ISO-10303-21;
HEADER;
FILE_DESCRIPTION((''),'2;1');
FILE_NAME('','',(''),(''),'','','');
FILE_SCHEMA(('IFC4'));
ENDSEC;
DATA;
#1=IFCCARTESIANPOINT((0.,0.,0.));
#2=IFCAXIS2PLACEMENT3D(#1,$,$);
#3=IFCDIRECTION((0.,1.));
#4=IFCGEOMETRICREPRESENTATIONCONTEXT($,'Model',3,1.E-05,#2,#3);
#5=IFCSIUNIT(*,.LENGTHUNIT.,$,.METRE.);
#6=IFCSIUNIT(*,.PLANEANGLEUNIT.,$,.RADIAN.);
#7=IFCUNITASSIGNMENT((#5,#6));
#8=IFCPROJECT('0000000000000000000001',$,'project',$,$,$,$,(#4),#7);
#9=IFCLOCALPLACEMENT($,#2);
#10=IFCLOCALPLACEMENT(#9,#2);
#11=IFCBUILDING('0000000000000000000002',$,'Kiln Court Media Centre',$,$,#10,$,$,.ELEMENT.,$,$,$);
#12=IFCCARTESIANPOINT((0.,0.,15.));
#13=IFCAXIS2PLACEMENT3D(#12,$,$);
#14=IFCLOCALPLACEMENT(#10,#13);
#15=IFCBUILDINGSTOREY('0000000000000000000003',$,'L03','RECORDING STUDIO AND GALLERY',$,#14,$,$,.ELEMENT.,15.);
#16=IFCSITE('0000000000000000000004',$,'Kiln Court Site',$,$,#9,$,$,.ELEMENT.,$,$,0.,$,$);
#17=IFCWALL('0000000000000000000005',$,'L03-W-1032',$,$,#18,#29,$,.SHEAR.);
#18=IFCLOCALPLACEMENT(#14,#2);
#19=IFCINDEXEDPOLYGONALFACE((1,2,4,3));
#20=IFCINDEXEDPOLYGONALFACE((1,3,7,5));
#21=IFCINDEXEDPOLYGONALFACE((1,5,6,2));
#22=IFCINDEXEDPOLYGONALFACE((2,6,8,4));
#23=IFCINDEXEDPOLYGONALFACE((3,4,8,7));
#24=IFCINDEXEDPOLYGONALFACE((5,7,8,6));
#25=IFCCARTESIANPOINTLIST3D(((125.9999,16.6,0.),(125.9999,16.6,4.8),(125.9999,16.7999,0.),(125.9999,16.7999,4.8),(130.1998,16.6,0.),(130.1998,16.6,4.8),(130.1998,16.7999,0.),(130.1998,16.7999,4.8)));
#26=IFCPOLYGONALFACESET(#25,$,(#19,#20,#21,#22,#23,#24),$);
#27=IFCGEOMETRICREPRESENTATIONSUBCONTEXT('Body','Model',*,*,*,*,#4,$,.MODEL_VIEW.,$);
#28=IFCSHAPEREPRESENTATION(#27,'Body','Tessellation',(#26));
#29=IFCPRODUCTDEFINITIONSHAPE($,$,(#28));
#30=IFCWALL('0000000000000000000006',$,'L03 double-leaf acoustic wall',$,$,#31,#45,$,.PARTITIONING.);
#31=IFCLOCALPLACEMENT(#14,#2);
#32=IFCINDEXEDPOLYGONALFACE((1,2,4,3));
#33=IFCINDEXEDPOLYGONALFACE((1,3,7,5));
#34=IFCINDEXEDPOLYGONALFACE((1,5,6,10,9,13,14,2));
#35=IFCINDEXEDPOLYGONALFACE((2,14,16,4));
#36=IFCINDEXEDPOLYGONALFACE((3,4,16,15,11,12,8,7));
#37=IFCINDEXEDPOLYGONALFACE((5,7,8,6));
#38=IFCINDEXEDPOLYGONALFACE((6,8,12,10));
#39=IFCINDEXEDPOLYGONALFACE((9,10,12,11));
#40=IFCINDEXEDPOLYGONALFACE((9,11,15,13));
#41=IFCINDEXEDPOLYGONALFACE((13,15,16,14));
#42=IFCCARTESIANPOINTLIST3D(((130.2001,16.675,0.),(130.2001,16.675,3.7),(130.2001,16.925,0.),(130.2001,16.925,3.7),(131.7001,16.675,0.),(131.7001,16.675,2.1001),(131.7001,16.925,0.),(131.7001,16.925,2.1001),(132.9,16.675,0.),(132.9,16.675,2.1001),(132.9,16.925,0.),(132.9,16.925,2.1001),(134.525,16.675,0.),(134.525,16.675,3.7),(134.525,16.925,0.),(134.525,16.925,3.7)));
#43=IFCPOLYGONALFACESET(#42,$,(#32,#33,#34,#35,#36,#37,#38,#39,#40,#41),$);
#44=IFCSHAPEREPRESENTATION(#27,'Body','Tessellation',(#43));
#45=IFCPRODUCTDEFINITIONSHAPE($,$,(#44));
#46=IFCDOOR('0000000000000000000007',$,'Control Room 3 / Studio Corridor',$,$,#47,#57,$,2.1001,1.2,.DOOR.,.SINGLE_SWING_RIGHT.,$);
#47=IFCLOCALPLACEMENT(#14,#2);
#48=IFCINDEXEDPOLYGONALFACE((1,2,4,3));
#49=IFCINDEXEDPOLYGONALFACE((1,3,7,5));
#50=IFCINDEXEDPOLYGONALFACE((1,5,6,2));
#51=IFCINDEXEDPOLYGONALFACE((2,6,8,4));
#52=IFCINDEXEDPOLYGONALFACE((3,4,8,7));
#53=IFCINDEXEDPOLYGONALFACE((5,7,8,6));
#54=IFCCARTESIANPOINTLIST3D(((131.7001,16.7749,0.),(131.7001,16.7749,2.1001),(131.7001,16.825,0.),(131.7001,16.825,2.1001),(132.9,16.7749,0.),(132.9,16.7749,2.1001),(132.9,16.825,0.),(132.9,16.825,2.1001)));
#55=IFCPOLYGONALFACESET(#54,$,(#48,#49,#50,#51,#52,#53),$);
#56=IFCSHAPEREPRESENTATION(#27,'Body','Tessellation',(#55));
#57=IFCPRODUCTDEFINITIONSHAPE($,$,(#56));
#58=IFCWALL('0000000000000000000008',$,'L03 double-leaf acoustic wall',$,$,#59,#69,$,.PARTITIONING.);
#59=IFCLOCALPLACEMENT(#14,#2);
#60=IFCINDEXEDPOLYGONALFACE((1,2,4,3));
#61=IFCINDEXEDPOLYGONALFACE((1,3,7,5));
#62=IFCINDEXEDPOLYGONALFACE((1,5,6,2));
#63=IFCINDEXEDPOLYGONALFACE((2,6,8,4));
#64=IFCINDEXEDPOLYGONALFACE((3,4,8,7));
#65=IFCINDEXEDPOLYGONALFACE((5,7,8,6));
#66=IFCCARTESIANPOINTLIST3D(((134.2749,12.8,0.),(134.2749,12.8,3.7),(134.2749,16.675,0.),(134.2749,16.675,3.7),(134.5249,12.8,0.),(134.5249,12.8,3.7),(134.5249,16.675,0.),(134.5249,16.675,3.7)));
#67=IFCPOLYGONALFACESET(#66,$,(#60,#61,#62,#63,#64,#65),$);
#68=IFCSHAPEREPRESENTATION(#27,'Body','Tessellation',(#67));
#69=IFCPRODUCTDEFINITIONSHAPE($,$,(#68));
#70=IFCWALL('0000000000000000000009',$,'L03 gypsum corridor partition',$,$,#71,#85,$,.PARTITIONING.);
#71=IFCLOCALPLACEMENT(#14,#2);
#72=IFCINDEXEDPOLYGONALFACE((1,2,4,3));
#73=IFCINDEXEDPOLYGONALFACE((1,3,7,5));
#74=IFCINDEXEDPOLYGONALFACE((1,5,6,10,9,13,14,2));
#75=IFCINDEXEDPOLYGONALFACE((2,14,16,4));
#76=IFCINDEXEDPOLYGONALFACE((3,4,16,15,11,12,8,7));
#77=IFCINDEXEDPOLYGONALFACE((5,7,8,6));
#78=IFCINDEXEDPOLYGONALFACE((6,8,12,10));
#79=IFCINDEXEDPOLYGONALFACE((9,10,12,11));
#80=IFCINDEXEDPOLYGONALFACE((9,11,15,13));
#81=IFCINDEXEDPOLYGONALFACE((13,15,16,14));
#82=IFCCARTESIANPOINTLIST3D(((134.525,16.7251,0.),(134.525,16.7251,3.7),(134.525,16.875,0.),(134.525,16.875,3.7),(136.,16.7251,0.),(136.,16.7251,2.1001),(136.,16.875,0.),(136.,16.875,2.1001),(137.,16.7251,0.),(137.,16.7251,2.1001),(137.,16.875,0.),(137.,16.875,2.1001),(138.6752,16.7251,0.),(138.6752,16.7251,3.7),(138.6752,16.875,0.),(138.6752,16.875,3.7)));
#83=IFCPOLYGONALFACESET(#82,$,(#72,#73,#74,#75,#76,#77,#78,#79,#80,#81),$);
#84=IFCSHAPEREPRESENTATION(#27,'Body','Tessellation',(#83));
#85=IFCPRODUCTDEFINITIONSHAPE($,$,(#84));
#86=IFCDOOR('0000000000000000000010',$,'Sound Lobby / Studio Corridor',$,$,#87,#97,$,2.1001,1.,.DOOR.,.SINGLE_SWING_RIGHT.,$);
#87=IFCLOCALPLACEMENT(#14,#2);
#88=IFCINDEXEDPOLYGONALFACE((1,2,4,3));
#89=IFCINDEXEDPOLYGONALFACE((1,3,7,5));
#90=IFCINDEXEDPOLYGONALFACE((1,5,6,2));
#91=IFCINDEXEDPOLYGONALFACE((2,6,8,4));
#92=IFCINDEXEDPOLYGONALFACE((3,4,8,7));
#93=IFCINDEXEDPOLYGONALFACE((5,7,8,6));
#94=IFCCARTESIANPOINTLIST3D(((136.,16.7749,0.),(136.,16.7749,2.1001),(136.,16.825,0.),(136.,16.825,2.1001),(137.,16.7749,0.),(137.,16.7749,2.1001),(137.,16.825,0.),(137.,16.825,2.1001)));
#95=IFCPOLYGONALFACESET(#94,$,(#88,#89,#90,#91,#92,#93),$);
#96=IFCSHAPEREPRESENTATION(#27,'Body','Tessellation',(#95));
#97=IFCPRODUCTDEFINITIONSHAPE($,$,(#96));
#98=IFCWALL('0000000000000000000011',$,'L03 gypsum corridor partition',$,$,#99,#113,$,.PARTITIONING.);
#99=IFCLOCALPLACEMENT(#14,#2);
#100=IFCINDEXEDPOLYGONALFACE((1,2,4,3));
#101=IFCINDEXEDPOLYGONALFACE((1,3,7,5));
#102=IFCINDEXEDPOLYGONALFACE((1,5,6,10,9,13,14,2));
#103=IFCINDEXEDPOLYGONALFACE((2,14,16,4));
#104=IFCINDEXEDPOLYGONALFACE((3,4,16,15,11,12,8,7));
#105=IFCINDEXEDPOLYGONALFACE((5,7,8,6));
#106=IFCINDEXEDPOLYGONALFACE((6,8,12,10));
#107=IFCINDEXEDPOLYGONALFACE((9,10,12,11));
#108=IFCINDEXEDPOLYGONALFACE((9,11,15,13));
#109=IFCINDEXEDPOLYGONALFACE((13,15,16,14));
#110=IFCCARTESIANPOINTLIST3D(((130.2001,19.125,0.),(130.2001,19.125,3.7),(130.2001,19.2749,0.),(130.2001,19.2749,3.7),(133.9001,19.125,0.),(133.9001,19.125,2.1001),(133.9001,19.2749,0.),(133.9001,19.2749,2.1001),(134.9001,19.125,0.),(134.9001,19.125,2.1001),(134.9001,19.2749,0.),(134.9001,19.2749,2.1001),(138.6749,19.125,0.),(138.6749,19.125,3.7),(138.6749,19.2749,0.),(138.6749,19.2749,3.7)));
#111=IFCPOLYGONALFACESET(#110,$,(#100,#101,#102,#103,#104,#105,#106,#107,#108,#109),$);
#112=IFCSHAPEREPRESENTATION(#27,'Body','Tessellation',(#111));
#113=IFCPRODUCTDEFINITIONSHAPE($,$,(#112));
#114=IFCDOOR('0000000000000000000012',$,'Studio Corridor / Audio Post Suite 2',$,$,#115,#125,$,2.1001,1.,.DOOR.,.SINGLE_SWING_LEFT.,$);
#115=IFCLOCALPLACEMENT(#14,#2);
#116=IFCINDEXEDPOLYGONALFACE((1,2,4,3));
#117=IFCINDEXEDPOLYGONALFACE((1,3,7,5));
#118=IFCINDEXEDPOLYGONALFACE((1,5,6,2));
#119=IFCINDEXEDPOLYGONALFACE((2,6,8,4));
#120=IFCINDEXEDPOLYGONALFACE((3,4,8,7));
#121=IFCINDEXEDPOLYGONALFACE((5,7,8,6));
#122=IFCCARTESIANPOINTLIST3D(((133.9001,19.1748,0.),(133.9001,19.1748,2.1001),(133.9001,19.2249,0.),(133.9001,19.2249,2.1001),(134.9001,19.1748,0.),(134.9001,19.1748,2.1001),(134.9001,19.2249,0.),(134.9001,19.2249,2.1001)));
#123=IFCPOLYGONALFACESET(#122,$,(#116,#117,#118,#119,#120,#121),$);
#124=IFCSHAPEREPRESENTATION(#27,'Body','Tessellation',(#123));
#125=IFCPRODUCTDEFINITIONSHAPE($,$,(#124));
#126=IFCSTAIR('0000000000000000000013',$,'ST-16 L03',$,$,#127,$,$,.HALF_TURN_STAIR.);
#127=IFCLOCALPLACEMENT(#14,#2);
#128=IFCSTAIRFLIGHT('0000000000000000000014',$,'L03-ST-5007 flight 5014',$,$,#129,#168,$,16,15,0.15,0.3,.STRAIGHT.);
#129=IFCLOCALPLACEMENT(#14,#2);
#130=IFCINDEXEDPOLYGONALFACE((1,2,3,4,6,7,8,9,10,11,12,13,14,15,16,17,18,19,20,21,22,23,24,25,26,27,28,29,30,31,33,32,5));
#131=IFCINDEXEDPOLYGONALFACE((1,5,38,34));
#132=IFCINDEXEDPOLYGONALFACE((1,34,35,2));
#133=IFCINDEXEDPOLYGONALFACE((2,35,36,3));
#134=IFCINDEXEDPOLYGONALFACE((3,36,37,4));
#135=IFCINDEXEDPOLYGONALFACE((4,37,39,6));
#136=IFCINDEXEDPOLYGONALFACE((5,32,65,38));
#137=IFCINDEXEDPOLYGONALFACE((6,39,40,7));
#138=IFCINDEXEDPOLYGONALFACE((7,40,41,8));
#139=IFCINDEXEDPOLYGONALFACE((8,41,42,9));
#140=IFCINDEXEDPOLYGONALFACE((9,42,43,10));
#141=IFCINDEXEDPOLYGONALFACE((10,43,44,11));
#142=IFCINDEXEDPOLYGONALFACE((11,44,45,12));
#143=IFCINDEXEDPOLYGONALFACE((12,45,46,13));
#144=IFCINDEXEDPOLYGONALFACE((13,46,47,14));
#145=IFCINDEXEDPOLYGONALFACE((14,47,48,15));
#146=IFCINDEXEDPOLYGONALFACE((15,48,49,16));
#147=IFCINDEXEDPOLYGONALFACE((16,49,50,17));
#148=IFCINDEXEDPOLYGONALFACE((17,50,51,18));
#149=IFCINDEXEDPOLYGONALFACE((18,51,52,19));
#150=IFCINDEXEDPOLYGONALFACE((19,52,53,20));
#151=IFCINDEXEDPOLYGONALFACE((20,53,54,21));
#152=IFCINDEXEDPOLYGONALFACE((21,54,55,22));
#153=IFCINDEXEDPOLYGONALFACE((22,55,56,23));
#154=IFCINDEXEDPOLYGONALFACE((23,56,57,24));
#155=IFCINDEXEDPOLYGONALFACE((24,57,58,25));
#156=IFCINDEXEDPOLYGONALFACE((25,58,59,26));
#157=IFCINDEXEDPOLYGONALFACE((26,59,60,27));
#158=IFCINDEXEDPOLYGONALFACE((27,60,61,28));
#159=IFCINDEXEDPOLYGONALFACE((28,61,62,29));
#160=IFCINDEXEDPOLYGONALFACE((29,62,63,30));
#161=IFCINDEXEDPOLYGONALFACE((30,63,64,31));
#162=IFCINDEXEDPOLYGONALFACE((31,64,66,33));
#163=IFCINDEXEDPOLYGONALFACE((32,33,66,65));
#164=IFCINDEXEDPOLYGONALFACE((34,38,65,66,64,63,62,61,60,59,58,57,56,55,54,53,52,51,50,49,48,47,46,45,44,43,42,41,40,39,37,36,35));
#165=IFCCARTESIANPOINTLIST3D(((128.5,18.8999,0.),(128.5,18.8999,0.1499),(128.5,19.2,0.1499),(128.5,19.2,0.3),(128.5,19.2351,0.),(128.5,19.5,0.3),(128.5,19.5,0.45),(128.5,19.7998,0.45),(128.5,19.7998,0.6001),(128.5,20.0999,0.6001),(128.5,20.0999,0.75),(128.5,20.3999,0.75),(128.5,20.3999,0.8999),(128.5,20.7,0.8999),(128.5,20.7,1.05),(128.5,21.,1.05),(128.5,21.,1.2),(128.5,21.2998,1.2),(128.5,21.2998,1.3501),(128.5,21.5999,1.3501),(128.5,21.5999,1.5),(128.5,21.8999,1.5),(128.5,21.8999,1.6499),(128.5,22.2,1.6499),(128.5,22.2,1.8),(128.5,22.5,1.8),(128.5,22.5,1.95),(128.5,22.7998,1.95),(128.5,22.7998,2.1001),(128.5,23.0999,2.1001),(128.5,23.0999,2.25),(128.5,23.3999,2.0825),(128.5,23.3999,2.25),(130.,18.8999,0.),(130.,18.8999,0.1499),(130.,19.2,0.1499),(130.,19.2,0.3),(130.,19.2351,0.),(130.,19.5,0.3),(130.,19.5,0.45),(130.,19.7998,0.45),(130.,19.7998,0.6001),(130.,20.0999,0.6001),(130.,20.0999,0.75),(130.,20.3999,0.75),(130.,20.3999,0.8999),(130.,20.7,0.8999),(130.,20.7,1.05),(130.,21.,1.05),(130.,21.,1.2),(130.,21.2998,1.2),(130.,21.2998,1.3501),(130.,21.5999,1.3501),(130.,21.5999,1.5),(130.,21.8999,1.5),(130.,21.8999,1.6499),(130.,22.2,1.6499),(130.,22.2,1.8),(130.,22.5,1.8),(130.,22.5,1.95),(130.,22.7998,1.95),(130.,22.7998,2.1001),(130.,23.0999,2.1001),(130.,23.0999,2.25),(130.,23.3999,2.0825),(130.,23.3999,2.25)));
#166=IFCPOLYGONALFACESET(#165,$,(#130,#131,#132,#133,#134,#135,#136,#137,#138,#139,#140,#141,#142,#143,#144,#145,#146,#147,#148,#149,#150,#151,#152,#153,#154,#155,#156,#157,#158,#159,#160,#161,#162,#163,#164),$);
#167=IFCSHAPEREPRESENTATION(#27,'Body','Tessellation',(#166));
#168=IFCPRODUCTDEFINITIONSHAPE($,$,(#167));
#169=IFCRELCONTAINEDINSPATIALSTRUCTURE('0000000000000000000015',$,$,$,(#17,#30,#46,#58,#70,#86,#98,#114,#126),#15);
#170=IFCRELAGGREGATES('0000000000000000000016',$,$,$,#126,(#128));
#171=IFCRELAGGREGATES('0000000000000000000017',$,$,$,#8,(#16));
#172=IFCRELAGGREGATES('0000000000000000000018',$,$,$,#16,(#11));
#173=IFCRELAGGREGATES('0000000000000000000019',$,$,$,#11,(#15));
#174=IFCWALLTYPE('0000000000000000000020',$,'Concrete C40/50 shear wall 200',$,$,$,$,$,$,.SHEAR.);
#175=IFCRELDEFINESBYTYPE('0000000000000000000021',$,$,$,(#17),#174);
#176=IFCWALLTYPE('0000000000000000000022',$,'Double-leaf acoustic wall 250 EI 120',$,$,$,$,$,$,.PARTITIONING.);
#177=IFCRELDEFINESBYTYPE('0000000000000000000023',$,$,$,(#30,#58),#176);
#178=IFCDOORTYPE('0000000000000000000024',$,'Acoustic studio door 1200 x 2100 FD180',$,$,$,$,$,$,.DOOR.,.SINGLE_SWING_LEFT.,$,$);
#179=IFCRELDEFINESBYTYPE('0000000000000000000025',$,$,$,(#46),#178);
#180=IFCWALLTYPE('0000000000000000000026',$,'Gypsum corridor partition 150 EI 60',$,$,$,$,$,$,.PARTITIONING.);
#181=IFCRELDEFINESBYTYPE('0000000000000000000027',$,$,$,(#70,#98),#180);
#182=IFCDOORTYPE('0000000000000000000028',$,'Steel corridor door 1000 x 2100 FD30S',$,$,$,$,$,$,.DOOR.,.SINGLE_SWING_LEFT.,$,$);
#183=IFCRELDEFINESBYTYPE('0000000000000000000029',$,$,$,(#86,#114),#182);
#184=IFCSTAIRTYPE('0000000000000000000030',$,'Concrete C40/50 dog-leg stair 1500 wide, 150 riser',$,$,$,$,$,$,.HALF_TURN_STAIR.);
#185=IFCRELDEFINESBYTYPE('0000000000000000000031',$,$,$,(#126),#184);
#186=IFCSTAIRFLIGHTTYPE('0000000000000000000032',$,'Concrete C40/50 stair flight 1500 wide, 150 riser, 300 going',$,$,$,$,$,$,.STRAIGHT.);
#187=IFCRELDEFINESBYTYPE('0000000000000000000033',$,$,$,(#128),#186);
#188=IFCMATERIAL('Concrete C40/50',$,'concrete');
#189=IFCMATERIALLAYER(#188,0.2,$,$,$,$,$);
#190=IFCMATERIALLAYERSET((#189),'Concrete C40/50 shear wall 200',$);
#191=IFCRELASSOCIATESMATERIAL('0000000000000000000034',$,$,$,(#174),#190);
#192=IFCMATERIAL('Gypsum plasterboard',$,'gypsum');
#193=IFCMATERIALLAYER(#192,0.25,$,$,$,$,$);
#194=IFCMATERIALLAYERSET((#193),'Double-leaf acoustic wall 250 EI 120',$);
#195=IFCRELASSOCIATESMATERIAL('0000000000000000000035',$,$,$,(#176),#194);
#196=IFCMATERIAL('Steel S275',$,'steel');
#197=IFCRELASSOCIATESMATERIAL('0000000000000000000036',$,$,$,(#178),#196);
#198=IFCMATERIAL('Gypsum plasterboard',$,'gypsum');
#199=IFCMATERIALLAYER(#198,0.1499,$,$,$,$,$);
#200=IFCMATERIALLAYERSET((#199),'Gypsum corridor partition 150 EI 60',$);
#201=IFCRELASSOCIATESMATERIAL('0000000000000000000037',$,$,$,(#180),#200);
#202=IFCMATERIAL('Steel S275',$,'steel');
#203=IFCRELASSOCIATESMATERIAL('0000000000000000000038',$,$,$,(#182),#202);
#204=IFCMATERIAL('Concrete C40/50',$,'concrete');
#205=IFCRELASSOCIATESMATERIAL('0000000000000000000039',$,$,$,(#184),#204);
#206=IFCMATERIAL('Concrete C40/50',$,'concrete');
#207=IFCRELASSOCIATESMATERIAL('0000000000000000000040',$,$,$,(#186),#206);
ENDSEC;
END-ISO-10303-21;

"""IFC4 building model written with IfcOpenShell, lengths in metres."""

from ifc_helpers import new_model, si_unit, direction, frame, frame_2d, origin, place, context, subcontext, project, spatial, polyline, rectangle, outline, extrude, material, layer, layer_set, type_object, element, fill, aggregate, save


model = new_model("IFC4")

# Units and contexts
model_context = context("Model", 3, precision=1e-05, world=origin(), true_north=direction((0.0, 1.0)))
body_context = subcontext(model_context, "Body", "Model", "MODEL_VIEW")
ifc_project = project(units=[si_unit("LENGTHUNIT", "METRE"), si_unit("PLANEANGLEUNIT", "RADIAN")], contexts=[model_context])

# Site, building, storey
site_placement = place(None, origin())
site = spatial("IfcSite", under=ifc_project, at=site_placement, Name="Kiln Court Site", CompositionType="ELEMENT", RefElevation=0.0)
building_placement = place(site_placement, origin())
building = spatial("IfcBuilding", under=site, at=building_placement, Name="Kiln Court Media Centre", CompositionType="ELEMENT")
storey_placement = place(building_placement, frame((0.0, 0.0, 15.0)))
storey = spatial("IfcBuildingStorey", under=building, at=storey_placement, Name="L03", Description="RECORDING STUDIO AND GALLERY", CompositionType="ELEMENT", Elevation=15.0)

# Wall
ifc_material_1 = material(Name="Concrete C40/50", Category="concrete")
ifc_layer_1 = layer(ifc_material_1, 0.2)
ifc_layer_set_1 = layer_set([ifc_layer_1], Name="Concrete C40/50 shear wall 200")
wall_type_1 = type_object("IfcWallType", Name="Concrete C40/50 shear wall 200", PredefinedType="SHEAR", material=ifc_layer_set_1)
wall_1_placement = place(storey_placement, frame((130.2, 16.7, 0.0), z_axis=(0.0, 0.0, 1.0), x_axis=(-1.0, 0.0, 0.0)))
element("IfcWall", 1, at=wall_1_placement, inside=storey, type_object=wall_type_1, Name="L03-W-1032", PredefinedType="SHEAR", context=body_context, shape_type="SweptSolid", body=[
    extrude(rectangle(XDim=4.2, YDim=0.2, at=frame_2d((2.1001, 0.0))), origin(), (0.0, 0.0, 1.0), 4.8),
])

# Wall, opening, door
ifc_material_2 = material(Name="Gypsum plasterboard", Category="gypsum")
ifc_layer_2 = layer(ifc_material_2, 0.25)
ifc_layer_set_2 = layer_set([ifc_layer_2], Name="Double-leaf acoustic wall 250 EI 120")
wall_type_2 = type_object("IfcWallType", Name="Double-leaf acoustic wall 250 EI 120", PredefinedType="PARTITIONING", material=ifc_layer_set_2)
wall_2_placement = place(storey_placement, frame((130.2, 16.8, 0.0), z_axis=(0.0, 0.0, 1.0), x_axis=(1.0, 0.0, 0.0)))
wall_2 = element("IfcWall", 2, at=wall_2_placement, inside=storey, type_object=wall_type_2, Name="L03 double-leaf acoustic wall", PredefinedType="PARTITIONING", context=body_context, shape_type="SweptSolid", body=[
    extrude(rectangle(XDim=4.325, YDim=0.25, at=frame_2d((2.1626, 0.0))), origin(), (0.0, 0.0, 1.0), 3.7),
])
opening_1_placement = place(wall_2_placement, frame((1.5, 0.0, 0.0)))
opening_1 = element("IfcOpeningElement", 3, at=opening_1_placement, cuts=wall_2, PredefinedType="OPENING", context=body_context, shape_type="SweptSolid", body=[
    extrude(rectangle(XDim=1.2, YDim=2.1001, at=frame_2d((0.6001, 1.05))), frame((0.0, 0.135, 0.0), z_axis=(0.0, -1.0, 0.0), x_axis=(1.0, 0.0, 0.0)), (0.0, 0.0, 1.0), 0.27),
])
ifc_material_3 = material(Name="Steel S275", Category="steel")
door_type_1 = type_object("IfcDoorType", Name="Acoustic studio door 1200 x 2100 FD180", OperationType="SINGLE_SWING_LEFT", PredefinedType="DOOR", material=ifc_material_3)
door_1_placement = place(opening_1_placement, origin())
door_1 = element("IfcDoor", 4, at=door_1_placement, inside=storey, type_object=door_type_1, Name="Control Room 3 / Studio Corridor", OperationType="SINGLE_SWING_RIGHT", OverallHeight=2.1001, OverallWidth=1.2, PredefinedType="DOOR", context=body_context, shape_type="SweptSolid", body=[
    extrude(rectangle(XDim=1.2, YDim=2.1001, at=frame_2d((0.6001, 1.05))), frame((0.0, 0.0249, 0.0), z_axis=(0.0, -1.0, 0.0), x_axis=(1.0, 0.0, 0.0)), (0.0, 0.0, 1.0), 0.05),
])
fill(opening_1, door_1)

# Wall
wall_3_placement = place(storey_placement, frame((134.3999, 12.8, 0.0), z_axis=(0.0, 0.0, 1.0), x_axis=(0.0, 1.0, 0.0)))
element("IfcWall", 5, at=wall_3_placement, inside=storey, type_object=wall_type_2, Name="L03 double-leaf acoustic wall", PredefinedType="PARTITIONING", context=body_context, shape_type="SweptSolid", body=[
    extrude(rectangle(XDim=3.875, YDim=0.25, at=frame_2d((1.9375, 0.0))), origin(), (0.0, 0.0, 1.0), 3.7),
])

# Walls, openings, doors
ifc_material_4 = material(Name="Gypsum plasterboard", Category="gypsum")
ifc_layer_3 = layer(ifc_material_4, 0.1499)
ifc_layer_set_3 = layer_set([ifc_layer_3], Name="Gypsum corridor partition 150 EI 60")
wall_type_3 = type_object("IfcWallType", Name="Gypsum corridor partition 150 EI 60", PredefinedType="PARTITIONING", material=ifc_layer_set_3)
wall_4_placement = place(storey_placement, frame((134.5249, 16.8, 0.0), z_axis=(0.0, 0.0, 1.0), x_axis=(1.0, 0.0, 0.0)))
wall_4 = element("IfcWall", 6, at=wall_4_placement, inside=storey, type_object=wall_type_3, Name="L03 gypsum corridor partition", PredefinedType="PARTITIONING", context=body_context, shape_type="SweptSolid", body=[
    extrude(rectangle(XDim=4.1501, YDim=0.1499, at=frame_2d((2.0752, 0.0))), origin(), (0.0, 0.0, 1.0), 3.7),
])
opening_2_placement = place(wall_4_placement, frame((1.4751, 0.0, 0.0)))
opening_2 = element("IfcOpeningElement", 7, at=opening_2_placement, cuts=wall_4, PredefinedType="OPENING", context=body_context, shape_type="SweptSolid", body=[
    extrude(rectangle(XDim=1.0, YDim=2.1001, at=frame_2d((0.5, 1.05))), frame((0.0, 0.085, 0.0), z_axis=(0.0, -1.0, 0.0), x_axis=(1.0, 0.0, 0.0)), (0.0, 0.0, 1.0), 0.1699),
])
ifc_material_5 = material(Name="Steel S275", Category="steel")
door_type_2 = type_object("IfcDoorType", Name="Steel corridor door 1000 x 2100 FD30S", OperationType="SINGLE_SWING_LEFT", PredefinedType="DOOR", material=ifc_material_5)
door_2_placement = place(opening_2_placement, origin())
door_2 = element("IfcDoor", 8, at=door_2_placement, inside=storey, type_object=door_type_2, Name="Sound Lobby / Studio Corridor", OperationType="SINGLE_SWING_RIGHT", OverallHeight=2.1001, OverallWidth=1.0, PredefinedType="DOOR", context=body_context, shape_type="SweptSolid", body=[
    extrude(rectangle(XDim=1.0, YDim=2.1001, at=frame_2d((0.5, 1.05))), frame((0.0, 0.0249, 0.0), z_axis=(0.0, -1.0, 0.0), x_axis=(1.0, 0.0, 0.0)), (0.0, 0.0, 1.0), 0.05),
])
fill(opening_2, door_2)
wall_5_placement = place(storey_placement, frame((130.2002, 19.2, 0.0), z_axis=(0.0, 0.0, 1.0), x_axis=(1.0, 0.0, 0.0)))
wall_5 = element("IfcWall", 9, at=wall_5_placement, inside=storey, type_object=wall_type_3, Name="L03 gypsum corridor partition", PredefinedType="PARTITIONING", context=body_context, shape_type="SweptSolid", body=[
    extrude(rectangle(XDim=8.4749, YDim=0.1499, at=frame_2d((4.2373, 0.0))), origin(), (0.0, 0.0, 1.0), 3.7),
])
opening_3_placement = place(wall_5_placement, frame((3.7, 0.0, 0.0)))
opening_3 = element("IfcOpeningElement", 10, at=opening_3_placement, cuts=wall_5, PredefinedType="OPENING", context=body_context, shape_type="SweptSolid", body=[
    extrude(rectangle(XDim=1.0, YDim=2.1001, at=frame_2d((0.5, 1.05))), frame((0.0, 0.085, 0.0), z_axis=(0.0, -1.0, 0.0), x_axis=(1.0, 0.0, 0.0)), (0.0, 0.0, 1.0), 0.1699),
])
door_3_placement = place(opening_3_placement, origin())
door_3 = element("IfcDoor", 11, at=door_3_placement, inside=storey, type_object=door_type_2, Name="Studio Corridor / Audio Post Suite 2", OperationType="SINGLE_SWING_LEFT", OverallHeight=2.1001, OverallWidth=1.0, PredefinedType="DOOR", context=body_context, shape_type="SweptSolid", body=[
    extrude(rectangle(XDim=1.0, YDim=2.1001, at=frame_2d((0.5, 1.05))), frame((0.0, 0.0249, 0.0), z_axis=(0.0, -1.0, 0.0), x_axis=(1.0, 0.0, 0.0)), (0.0, 0.0, 1.0), 0.05),
])
fill(opening_3, door_3)

# Stair, stair flight
ifc_material_6 = material(Name="Concrete C40/50", Category="concrete")
stair_type = type_object("IfcStairType", Name="Concrete C40/50 dog-leg stair 1500 wide, 150 riser", PredefinedType="HALF_TURN_STAIR", material=ifc_material_6)
stair_placement = place(storey_placement, origin())
stair = element("IfcStair", 12, at=stair_placement, inside=storey, type_object=stair_type, Name="ST-16 L03", PredefinedType="HALF_TURN_STAIR")
ifc_material_7 = material(Name="Concrete C40/50", Category="concrete")
stair_flight_type = type_object("IfcStairFlightType", Name="Concrete C40/50 stair flight 1500 wide, 150 riser, 300 going", PredefinedType="STRAIGHT", material=ifc_material_7)
stair_flight_placement = place(storey_placement, frame((129.25, 18.8999, 0.0), z_axis=(0.0, 0.0, 1.0), x_axis=(0.0, 1.0, 0.0)))
stair_flight = element("IfcStairFlight", 13, at=stair_flight_placement, type_object=stair_flight_type, Name="L03-ST-5007 flight 5014", NumberOfRisers=16, NumberOfTreads=15, PredefinedType="STRAIGHT", RiserHeight=0.15, TreadLength=0.3, context=body_context, shape_type="SweptSolid", body=[
    extrude(outline(polyline([(0.0, 0.0), (0.0, 0.1499), (0.3, 0.1499), (0.3, 0.3), (0.6001, 0.3), (0.6001, 0.45), (0.8999, 0.45), (0.8999, 0.6001), (1.2, 0.6001), (1.2, 0.75), (1.5, 0.75), (1.5, 0.8999), (1.8, 0.8999), (1.8, 1.05), (2.1001, 1.05), (2.1001, 1.2), (2.3999, 1.2), (2.3999, 1.3501), (2.7, 1.3501), (2.7, 1.5), (3.0, 1.5), (3.0, 1.6499), (3.3, 1.6499), (3.3, 1.8), (3.6001, 1.8), (3.6001, 1.95), (3.8999, 1.95), (3.8999, 2.1001), (4.2, 2.1001), (4.2, 2.25), (4.5, 2.25), (4.5, 2.3999), (4.5, 2.0825), (0.3352, 0.0), (0.0, 0.0)])), frame((0.0, 0.75, 0.0), z_axis=(0.0, -1.0, 0.0), x_axis=(1.0, 0.0, 0.0)), (0.0, 0.0, 1.0), 1.5),
])
aggregate(stair, [stair_flight])

save(model, "model.ifc")
